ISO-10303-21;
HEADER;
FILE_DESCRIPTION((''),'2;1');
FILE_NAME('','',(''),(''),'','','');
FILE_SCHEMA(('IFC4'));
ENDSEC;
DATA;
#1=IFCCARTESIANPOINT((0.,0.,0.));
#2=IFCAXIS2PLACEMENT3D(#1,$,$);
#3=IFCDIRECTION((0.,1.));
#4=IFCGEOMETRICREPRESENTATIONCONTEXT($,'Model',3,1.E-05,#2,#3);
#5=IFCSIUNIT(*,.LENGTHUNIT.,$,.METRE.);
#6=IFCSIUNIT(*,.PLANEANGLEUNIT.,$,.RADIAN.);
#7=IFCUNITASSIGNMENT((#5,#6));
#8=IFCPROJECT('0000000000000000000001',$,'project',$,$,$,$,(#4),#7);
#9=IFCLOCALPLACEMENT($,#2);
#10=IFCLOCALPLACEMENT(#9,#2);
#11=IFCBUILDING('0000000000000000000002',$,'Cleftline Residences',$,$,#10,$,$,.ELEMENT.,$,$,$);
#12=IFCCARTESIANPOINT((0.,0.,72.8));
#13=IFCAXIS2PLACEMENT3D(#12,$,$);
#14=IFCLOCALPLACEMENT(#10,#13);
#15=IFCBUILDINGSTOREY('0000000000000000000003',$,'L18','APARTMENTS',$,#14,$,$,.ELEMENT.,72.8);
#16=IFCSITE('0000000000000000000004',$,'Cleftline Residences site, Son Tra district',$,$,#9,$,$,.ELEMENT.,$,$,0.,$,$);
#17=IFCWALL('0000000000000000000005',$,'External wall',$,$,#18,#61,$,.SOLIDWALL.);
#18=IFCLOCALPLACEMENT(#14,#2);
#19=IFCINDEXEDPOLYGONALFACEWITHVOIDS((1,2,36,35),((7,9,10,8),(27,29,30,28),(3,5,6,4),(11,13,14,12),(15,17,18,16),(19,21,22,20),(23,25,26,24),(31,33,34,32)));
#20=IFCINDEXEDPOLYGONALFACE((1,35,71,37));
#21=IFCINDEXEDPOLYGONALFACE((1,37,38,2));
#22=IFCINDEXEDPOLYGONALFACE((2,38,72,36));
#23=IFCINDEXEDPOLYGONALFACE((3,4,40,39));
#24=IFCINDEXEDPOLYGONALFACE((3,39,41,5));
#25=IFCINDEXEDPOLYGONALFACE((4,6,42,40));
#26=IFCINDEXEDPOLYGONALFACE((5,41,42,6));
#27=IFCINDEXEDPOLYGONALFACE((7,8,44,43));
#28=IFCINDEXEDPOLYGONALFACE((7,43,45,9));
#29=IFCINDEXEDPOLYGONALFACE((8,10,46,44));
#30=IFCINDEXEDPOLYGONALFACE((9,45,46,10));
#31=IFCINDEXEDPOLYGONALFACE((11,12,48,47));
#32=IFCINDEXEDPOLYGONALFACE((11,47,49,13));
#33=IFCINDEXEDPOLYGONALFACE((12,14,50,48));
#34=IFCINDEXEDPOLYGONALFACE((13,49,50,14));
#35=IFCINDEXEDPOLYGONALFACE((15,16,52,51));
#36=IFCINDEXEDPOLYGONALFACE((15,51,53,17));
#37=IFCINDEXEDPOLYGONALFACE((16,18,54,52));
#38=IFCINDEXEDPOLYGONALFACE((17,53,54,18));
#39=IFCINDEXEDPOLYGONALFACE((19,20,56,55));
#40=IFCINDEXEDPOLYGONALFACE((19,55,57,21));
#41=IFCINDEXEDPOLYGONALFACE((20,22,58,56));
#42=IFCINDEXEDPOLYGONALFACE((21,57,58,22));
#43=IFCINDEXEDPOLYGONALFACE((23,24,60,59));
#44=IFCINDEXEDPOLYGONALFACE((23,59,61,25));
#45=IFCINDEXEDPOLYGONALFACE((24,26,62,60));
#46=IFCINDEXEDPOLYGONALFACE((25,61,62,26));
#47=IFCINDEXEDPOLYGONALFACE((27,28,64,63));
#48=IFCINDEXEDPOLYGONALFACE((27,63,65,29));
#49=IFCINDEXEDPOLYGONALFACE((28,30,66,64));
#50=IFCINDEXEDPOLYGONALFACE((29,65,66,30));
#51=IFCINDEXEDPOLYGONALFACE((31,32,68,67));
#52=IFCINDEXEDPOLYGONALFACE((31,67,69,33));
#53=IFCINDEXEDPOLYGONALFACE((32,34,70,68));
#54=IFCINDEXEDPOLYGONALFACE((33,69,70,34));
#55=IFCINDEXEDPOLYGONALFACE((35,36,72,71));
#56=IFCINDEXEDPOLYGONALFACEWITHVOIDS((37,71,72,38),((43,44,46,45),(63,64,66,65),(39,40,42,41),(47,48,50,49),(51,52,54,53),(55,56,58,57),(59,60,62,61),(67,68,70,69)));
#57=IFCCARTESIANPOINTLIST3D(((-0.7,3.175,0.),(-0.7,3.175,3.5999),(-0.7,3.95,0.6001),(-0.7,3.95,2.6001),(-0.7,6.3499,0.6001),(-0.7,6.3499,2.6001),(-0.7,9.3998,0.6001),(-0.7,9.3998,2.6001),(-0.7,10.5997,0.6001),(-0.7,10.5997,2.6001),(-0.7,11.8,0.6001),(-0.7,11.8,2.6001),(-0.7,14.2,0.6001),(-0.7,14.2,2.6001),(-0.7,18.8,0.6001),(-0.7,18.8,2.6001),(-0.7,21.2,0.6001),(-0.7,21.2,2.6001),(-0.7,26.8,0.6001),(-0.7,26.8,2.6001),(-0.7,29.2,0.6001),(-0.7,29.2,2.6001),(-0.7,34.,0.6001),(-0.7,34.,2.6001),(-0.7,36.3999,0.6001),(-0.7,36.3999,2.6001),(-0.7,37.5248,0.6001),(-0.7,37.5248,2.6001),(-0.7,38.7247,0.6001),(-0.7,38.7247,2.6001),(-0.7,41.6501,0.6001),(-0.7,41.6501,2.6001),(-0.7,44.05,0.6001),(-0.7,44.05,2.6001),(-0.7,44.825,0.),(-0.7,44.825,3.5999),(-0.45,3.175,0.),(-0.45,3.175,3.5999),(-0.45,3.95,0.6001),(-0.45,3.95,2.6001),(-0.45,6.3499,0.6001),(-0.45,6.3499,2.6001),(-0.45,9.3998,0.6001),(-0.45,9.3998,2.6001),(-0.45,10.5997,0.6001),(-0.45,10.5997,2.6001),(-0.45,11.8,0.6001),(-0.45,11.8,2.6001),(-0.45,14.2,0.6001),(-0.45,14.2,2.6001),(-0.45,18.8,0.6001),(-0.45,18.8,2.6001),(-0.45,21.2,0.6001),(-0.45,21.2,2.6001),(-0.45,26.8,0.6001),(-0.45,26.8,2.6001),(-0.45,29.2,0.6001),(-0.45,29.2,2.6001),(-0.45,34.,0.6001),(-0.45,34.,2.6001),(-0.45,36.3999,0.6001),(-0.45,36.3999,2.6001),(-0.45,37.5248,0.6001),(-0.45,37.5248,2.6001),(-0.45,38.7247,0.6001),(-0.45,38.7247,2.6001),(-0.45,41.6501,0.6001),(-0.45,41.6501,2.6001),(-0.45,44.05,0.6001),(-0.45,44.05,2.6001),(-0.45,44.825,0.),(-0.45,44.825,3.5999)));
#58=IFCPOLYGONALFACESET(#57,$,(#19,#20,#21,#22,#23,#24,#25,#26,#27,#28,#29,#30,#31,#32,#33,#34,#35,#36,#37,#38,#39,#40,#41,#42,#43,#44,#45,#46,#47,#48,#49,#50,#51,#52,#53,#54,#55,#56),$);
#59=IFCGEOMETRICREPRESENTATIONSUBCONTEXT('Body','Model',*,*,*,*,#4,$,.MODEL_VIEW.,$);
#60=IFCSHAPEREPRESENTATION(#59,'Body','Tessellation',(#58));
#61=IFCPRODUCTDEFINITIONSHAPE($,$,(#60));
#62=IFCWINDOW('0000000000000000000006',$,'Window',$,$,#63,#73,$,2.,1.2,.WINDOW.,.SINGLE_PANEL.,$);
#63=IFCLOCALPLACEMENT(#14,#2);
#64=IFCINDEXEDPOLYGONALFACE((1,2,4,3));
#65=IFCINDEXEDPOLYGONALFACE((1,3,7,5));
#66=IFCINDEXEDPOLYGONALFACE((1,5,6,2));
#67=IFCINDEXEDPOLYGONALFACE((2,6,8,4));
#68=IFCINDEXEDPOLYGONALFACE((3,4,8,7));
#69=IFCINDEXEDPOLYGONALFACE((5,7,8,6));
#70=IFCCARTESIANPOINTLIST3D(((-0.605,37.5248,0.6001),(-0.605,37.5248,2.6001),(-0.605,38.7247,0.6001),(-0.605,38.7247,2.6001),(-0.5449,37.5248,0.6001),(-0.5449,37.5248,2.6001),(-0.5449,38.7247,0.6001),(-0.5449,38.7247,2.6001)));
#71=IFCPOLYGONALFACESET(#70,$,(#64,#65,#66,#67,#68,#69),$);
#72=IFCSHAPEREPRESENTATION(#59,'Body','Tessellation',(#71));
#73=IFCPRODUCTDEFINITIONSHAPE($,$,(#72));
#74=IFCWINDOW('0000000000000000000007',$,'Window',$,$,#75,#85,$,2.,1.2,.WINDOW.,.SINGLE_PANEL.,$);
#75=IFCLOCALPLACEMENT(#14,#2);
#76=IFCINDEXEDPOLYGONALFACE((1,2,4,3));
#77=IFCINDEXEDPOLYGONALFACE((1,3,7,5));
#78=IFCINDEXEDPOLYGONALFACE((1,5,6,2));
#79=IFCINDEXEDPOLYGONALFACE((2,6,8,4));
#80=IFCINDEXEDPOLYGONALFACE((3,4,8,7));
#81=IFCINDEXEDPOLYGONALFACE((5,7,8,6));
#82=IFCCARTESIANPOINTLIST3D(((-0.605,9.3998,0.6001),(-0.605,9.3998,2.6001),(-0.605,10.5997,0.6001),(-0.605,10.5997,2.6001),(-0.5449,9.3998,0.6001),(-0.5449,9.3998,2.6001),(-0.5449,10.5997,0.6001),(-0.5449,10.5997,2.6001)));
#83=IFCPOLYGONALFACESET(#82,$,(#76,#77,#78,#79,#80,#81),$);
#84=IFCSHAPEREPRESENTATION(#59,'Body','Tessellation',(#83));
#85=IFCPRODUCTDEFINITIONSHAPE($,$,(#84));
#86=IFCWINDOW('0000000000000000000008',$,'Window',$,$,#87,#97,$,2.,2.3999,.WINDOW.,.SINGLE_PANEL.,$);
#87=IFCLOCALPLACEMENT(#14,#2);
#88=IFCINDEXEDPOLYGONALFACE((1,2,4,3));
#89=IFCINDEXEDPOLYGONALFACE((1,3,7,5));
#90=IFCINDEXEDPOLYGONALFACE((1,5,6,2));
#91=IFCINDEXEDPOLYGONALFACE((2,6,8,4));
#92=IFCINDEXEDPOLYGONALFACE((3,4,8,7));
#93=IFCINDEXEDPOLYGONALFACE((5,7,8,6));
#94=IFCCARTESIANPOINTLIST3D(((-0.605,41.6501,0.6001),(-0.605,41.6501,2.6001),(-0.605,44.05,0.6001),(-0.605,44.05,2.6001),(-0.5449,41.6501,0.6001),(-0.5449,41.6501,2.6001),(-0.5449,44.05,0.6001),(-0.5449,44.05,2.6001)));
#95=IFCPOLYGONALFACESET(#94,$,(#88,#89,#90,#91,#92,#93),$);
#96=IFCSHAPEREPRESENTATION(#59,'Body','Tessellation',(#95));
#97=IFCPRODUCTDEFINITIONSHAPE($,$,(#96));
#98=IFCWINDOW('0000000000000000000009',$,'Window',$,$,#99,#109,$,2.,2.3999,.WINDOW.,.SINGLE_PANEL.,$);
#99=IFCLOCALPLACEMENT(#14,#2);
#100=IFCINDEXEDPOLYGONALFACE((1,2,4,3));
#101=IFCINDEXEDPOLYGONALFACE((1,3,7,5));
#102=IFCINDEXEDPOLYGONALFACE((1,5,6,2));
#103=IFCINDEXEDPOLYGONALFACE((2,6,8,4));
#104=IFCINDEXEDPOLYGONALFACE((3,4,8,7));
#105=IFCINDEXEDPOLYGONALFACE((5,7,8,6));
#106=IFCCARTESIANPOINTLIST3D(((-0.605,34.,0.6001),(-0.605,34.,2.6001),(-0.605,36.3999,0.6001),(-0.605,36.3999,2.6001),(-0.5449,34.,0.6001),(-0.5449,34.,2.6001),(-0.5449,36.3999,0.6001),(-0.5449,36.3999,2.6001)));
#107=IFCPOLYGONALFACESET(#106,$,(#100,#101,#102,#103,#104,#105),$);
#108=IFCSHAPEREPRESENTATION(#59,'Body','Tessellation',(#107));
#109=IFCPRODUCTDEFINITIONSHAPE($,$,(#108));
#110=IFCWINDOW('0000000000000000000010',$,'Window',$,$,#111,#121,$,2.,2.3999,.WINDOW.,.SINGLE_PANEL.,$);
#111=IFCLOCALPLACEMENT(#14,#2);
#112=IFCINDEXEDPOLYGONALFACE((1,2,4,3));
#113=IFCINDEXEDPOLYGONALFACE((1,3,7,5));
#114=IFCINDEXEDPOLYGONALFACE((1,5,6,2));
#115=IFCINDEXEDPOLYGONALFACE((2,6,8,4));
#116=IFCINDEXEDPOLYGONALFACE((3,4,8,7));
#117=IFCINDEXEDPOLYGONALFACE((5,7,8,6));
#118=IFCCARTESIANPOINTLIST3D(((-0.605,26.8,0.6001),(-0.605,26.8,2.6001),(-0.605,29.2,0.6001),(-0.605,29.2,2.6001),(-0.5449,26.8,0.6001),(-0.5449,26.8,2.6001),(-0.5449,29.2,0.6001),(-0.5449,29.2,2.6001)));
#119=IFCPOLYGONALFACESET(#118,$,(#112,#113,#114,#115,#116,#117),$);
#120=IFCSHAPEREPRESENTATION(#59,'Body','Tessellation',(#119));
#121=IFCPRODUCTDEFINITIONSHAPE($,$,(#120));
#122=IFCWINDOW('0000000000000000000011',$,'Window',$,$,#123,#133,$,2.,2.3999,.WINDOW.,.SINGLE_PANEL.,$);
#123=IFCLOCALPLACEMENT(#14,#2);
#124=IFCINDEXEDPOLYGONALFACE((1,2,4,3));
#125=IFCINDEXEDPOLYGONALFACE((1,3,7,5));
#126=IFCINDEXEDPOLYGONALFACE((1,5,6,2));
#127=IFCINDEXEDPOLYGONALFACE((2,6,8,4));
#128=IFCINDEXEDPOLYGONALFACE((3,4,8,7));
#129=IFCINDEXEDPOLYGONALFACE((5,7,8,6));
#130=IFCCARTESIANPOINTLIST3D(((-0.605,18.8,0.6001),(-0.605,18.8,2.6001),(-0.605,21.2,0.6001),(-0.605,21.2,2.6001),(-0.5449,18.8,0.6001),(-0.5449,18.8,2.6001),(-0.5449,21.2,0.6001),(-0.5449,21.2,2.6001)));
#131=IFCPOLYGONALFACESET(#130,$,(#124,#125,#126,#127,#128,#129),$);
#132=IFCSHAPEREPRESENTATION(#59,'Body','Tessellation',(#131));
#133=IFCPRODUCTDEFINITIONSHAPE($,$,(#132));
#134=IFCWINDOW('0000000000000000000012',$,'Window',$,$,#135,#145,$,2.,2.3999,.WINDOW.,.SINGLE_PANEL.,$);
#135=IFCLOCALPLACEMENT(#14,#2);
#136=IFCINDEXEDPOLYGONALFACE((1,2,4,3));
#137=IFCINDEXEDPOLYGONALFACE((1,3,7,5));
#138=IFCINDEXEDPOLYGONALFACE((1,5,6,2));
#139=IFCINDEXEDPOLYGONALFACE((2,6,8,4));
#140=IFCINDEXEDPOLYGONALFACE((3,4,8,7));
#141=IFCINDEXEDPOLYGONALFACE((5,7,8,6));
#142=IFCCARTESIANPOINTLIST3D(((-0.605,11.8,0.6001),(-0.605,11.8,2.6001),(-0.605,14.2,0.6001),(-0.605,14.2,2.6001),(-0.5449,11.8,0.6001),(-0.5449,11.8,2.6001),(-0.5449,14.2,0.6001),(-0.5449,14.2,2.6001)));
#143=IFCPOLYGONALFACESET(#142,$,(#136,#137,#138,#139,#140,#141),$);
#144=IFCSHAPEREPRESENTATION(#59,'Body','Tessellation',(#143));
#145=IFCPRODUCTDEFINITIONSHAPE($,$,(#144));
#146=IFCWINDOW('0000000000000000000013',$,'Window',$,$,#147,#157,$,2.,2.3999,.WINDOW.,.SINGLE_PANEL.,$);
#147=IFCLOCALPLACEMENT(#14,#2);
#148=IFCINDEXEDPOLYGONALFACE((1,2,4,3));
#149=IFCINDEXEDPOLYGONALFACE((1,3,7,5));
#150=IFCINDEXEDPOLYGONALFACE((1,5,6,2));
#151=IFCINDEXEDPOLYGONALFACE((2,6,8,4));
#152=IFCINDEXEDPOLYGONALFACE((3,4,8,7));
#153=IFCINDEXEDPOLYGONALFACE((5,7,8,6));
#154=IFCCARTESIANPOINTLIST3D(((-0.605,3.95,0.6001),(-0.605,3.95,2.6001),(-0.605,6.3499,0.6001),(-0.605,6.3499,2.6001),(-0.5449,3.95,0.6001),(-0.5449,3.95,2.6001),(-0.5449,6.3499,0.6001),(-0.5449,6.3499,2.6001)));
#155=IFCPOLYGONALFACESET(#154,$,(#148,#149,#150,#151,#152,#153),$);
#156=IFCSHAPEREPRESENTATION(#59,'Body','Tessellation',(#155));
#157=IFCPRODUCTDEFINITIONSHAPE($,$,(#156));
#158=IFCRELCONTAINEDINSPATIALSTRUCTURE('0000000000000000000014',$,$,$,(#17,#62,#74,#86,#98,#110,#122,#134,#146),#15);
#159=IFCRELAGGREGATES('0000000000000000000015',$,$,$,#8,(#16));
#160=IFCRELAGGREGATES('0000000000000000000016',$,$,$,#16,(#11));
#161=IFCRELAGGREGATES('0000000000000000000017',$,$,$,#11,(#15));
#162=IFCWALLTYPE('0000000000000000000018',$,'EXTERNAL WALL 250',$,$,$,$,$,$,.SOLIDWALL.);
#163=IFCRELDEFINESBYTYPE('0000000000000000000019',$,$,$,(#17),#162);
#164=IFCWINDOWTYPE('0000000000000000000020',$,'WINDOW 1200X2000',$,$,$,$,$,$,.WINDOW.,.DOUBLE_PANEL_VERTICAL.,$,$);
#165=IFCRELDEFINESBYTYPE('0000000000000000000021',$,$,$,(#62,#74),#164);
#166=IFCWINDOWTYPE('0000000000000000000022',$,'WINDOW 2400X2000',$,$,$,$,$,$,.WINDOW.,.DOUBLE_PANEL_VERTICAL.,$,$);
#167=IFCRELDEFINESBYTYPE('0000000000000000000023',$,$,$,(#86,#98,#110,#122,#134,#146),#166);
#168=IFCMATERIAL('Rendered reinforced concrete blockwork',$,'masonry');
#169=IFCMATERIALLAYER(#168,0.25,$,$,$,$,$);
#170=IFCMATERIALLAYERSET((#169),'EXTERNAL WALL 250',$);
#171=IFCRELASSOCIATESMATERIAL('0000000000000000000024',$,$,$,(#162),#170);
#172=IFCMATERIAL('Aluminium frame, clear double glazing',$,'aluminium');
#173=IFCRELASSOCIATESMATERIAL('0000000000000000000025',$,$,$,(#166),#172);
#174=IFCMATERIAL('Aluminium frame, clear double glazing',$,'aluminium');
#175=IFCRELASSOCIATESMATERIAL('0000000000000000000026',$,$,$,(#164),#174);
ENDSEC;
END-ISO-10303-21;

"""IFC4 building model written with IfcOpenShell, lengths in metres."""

from ifc_helpers import new_model, si_unit, direction, frame, frame_2d, origin, place, context, subcontext, project, spatial, rectangle, extrude, material, layer, layer_set, type_object, element, fill, save


model = new_model("IFC4")

# Units and contexts
model_context = context("Model", 3, precision=1e-05, world=origin(), true_north=direction((0.0, 1.0)))
body_context = subcontext(model_context, "Body", "Model", "MODEL_VIEW")
ifc_project = project(units=[si_unit("LENGTHUNIT", "METRE"), si_unit("PLANEANGLEUNIT", "RADIAN")], contexts=[model_context])

# Site, building, storey
site_placement = place(None, origin())
site = spatial("IfcSite", under=ifc_project, at=site_placement, Name="Cleftline Residences site, Son Tra district", CompositionType="ELEMENT", RefElevation=0.0)
building_placement = place(site_placement, origin())
building = spatial("IfcBuilding", under=site, at=building_placement, Name="Cleftline Residences", CompositionType="ELEMENT")
storey_placement = place(building_placement, frame((0.0, 0.0, 72.8)))
storey = spatial("IfcBuildingStorey", under=building, at=storey_placement, Name="L18", Description="APARTMENTS", CompositionType="ELEMENT", Elevation=72.8)

# Shared definitions
ifc_material_1 = material(Name="Rendered reinforced concrete blockwork", Category="masonry")
ifc_layer_1 = layer(ifc_material_1, 0.25)
ifc_layer_set_1 = layer_set([ifc_layer_1], Name="EXTERNAL WALL 250")
wall_type = type_object("IfcWallType", Name="EXTERNAL WALL 250", PredefinedType="SOLIDWALL", material=ifc_layer_set_1)
ifc_material_2 = material(Name="Aluminium frame, clear double glazing", Category="aluminium")
window_type_1 = type_object("IfcWindowType", Name="WINDOW 2400X2000", PartitioningType="DOUBLE_PANEL_VERTICAL", PredefinedType="WINDOW", material=ifc_material_2)

# Wall, openings, windows
ifc_material_3 = material(Name="Aluminium frame, clear double glazing", Category="aluminium")
window_type_2 = type_object("IfcWindowType", Name="WINDOW 1200X2000", PartitioningType="DOUBLE_PANEL_VERTICAL", PredefinedType="WINDOW", material=ifc_material_3)
wall_1_placement = place(storey_placement, frame((-0.575, 44.825, 0.0), z_axis=(0.0, 0.0, 1.0), x_axis=(0.0, -1.0, 0.0)))
wall_1 = element("IfcWall", 1, at=wall_1_placement, inside=storey, type_object=wall_type, Name="External wall", PredefinedType="SOLIDWALL", context=body_context, shape_type="SweptSolid", body=[
    extrude(rectangle(XDim=41.6499, YDim=0.25, at=frame_2d((20.825, 0.0))), origin(), (0.0, 0.0, 1.0), 3.5999),
])
opening_1_placement = place(wall_1_placement, frame((0.7749, 0.0, 0.6001)))
opening_1 = element("IfcOpeningElement", 2, at=opening_1_placement, cuts=wall_1, PredefinedType="OPENING", context=body_context, shape_type="SweptSolid", body=[
    extrude(rectangle(XDim=2.3999, YDim=2.0, at=frame_2d((1.2, 1.0))), frame((0.0, 0.135, 0.0), z_axis=(0.0, -1.0, 0.0), x_axis=(1.0, 0.0, 0.0)), (0.0, 0.0, 1.0), 0.27),
])
opening_2_placement = place(wall_1_placement, frame((6.1001, 0.0, 0.6001)))
opening_2 = element("IfcOpeningElement", 3, at=opening_2_placement, cuts=wall_1, PredefinedType="OPENING", context=body_context, shape_type="SweptSolid", body=[
    extrude(rectangle(XDim=1.2, YDim=2.0, at=frame_2d((0.6001, 1.0))), frame((0.0, 0.135, 0.0), z_axis=(0.0, -1.0, 0.0), x_axis=(1.0, 0.0, 0.0)), (0.0, 0.0, 1.0), 0.27),
])
opening_3_placement = place(wall_1_placement, frame((8.425, 0.0, 0.6001)))
opening_3 = element("IfcOpeningElement", 4, at=opening_3_placement, cuts=wall_1, PredefinedType="OPENING", context=body_context, shape_type="SweptSolid", body=[
    extrude(rectangle(XDim=2.3999, YDim=2.0, at=frame_2d((1.2, 1.0))), frame((0.0, 0.135, 0.0), z_axis=(0.0, -1.0, 0.0), x_axis=(1.0, 0.0, 0.0)), (0.0, 0.0, 1.0), 0.27),
])
opening_4_placement = place(wall_1_placement, frame((15.625, 0.0, 0.6001)))
opening_4 = element("IfcOpeningElement", 5, at=opening_4_placement, cuts=wall_1, PredefinedType="OPENING", context=body_context, shape_type="SweptSolid", body=[
    extrude(rectangle(XDim=2.3999, YDim=2.0, at=frame_2d((1.2, 1.0))), frame((0.0, 0.135, 0.0), z_axis=(0.0, -1.0, 0.0), x_axis=(1.0, 0.0, 0.0)), (0.0, 0.0, 1.0), 0.27),
])
opening_5_placement = place(wall_1_placement, frame((23.625, 0.0, 0.6001)))
opening_5 = element("IfcOpeningElement", 6, at=opening_5_placement, cuts=wall_1, PredefinedType="OPENING", context=body_context, shape_type="SweptSolid", body=[
    extrude(rectangle(XDim=2.3999, YDim=2.0, at=frame_2d((1.2, 1.0))), frame((0.0, 0.135, 0.0), z_axis=(0.0, -1.0, 0.0), x_axis=(1.0, 0.0, 0.0)), (0.0, 0.0, 1.0), 0.27),
])
opening_6_placement = place(wall_1_placement, frame((30.625, 0.0, 0.6001)))
opening_6 = element("IfcOpeningElement", 7, at=opening_6_placement, cuts=wall_1, PredefinedType="OPENING", context=body_context, shape_type="SweptSolid", body=[
    extrude(rectangle(XDim=2.3999, YDim=2.0, at=frame_2d((1.2, 1.0))), frame((0.0, 0.135, 0.0), z_axis=(0.0, -1.0, 0.0), x_axis=(1.0, 0.0, 0.0)), (0.0, 0.0, 1.0), 0.27),
])
opening_7_placement = place(wall_1_placement, frame((34.2251, 0.0, 0.6001)))
opening_7 = element("IfcOpeningElement", 8, at=opening_7_placement, cuts=wall_1, PredefinedType="OPENING", context=body_context, shape_type="SweptSolid", body=[
    extrude(rectangle(XDim=1.2, YDim=2.0, at=frame_2d((0.6001, 1.0))), frame((0.0, 0.135, 0.0), z_axis=(0.0, -1.0, 0.0), x_axis=(1.0, 0.0, 0.0)), (0.0, 0.0, 1.0), 0.27),
])
opening_8_placement = place(wall_1_placement, frame((38.4751, 0.0, 0.6001)))
opening_8 = element("IfcOpeningElement", 9, at=opening_8_placement, cuts=wall_1, PredefinedType="OPENING", context=body_context, shape_type="SweptSolid", body=[
    extrude(rectangle(XDim=2.3999, YDim=2.0, at=frame_2d((1.2, 1.0))), frame((0.0, 0.135, 0.0), z_axis=(0.0, -1.0, 0.0), x_axis=(1.0, 0.0, 0.0)), (0.0, 0.0, 1.0), 0.27),
])
window_1_placement = place(opening_2_placement, origin())
window_1 = element("IfcWindow", 10, at=window_1_placement, inside=storey, type_object=window_type_2, Name="Window", OverallHeight=2.0, OverallWidth=1.2, PartitioningType="SINGLE_PANEL", PredefinedType="WINDOW", context=body_context, shape_type="SweptSolid", body=[
    extrude(rectangle(XDim=1.2, YDim=2.0, at=frame_2d((0.6001, 1.0))), frame((0.0, 0.03, 0.0), z_axis=(0.0, -1.0, 0.0), x_axis=(1.0, 0.0, 0.0)), (0.0, 0.0, 1.0), 0.0601),
])
fill(opening_2, window_1)
window_2_placement = place(opening_7_placement, origin())
window_2 = element("IfcWindow", 11, at=window_2_placement, inside=storey, type_object=window_type_2, Name="Window", OverallHeight=2.0, OverallWidth=1.2, PartitioningType="SINGLE_PANEL", PredefinedType="WINDOW", context=body_context, shape_type="SweptSolid", body=[
    extrude(rectangle(XDim=1.2, YDim=2.0, at=frame_2d((0.6001, 1.0))), frame((0.0, 0.03, 0.0), z_axis=(0.0, -1.0, 0.0), x_axis=(1.0, 0.0, 0.0)), (0.0, 0.0, 1.0), 0.0601),
])
fill(opening_7, window_2)
window_3_placement = place(opening_1_placement, origin())
window_3 = element("IfcWindow", 12, at=window_3_placement, inside=storey, type_object=window_type_1, Name="Window", OverallHeight=2.0, OverallWidth=2.3999, PartitioningType="SINGLE_PANEL", PredefinedType="WINDOW", context=body_context, shape_type="SweptSolid", body=[
    extrude(rectangle(XDim=2.3999, YDim=2.0, at=frame_2d((1.2, 1.0))), frame((0.0, 0.03, 0.0), z_axis=(0.0, -1.0, 0.0), x_axis=(1.0, 0.0, 0.0)), (0.0, 0.0, 1.0), 0.0601),
])
fill(opening_1, window_3)
window_4_placement = place(opening_3_placement, origin())
window_4 = element("IfcWindow", 13, at=window_4_placement, inside=storey, type_object=window_type_1, Name="Window", OverallHeight=2.0, OverallWidth=2.3999, PartitioningType="SINGLE_PANEL", PredefinedType="WINDOW", context=body_context, shape_type="SweptSolid", body=[
    extrude(rectangle(XDim=2.3999, YDim=2.0, at=frame_2d((1.2, 1.0))), frame((0.0, 0.03, 0.0), z_axis=(0.0, -1.0, 0.0), x_axis=(1.0, 0.0, 0.0)), (0.0, 0.0, 1.0), 0.0601),
])
fill(opening_3, window_4)
window_5_placement = place(opening_4_placement, origin())
window_5 = element("IfcWindow", 14, at=window_5_placement, inside=storey, type_object=window_type_1, Name="Window", OverallHeight=2.0, OverallWidth=2.3999, PartitioningType="SINGLE_PANEL", PredefinedType="WINDOW", context=body_context, shape_type="SweptSolid", body=[
    extrude(rectangle(XDim=2.3999, YDim=2.0, at=frame_2d((1.2, 1.0))), frame((0.0, 0.03, 0.0), z_axis=(0.0, -1.0, 0.0), x_axis=(1.0, 0.0, 0.0)), (0.0, 0.0, 1.0), 0.0601),
])
fill(opening_4, window_5)
window_6_placement = place(opening_5_placement, origin())
window_6 = element("IfcWindow", 15, at=window_6_placement, inside=storey, type_object=window_type_1, Name="Window", OverallHeight=2.0, OverallWidth=2.3999, PartitioningType="SINGLE_PANEL", PredefinedType="WINDOW", context=body_context, shape_type="SweptSolid", body=[
    extrude(rectangle(XDim=2.3999, YDim=2.0, at=frame_2d((1.2, 1.0))), frame((0.0, 0.03, 0.0), z_axis=(0.0, -1.0, 0.0), x_axis=(1.0, 0.0, 0.0)), (0.0, 0.0, 1.0), 0.0601),
])
fill(opening_5, window_6)
window_7_placement = place(opening_6_placement, origin())
window_7 = element("IfcWindow", 16, at=window_7_placement, inside=storey, type_object=window_type_1, Name="Window", OverallHeight=2.0, OverallWidth=2.3999, PartitioningType="SINGLE_PANEL", PredefinedType="WINDOW", context=body_context, shape_type="SweptSolid", body=[
    extrude(rectangle(XDim=2.3999, YDim=2.0, at=frame_2d((1.2, 1.0))), frame((0.0, 0.03, 0.0), z_axis=(0.0, -1.0, 0.0), x_axis=(1.0, 0.0, 0.0)), (0.0, 0.0, 1.0), 0.0601),
])
fill(opening_6, window_7)
window_8_placement = place(opening_8_placement, origin())
window_8 = element("IfcWindow", 17, at=window_8_placement, inside=storey, type_object=window_type_1, Name="Window", OverallHeight=2.0, OverallWidth=2.3999, PartitioningType="SINGLE_PANEL", PredefinedType="WINDOW", context=body_context, shape_type="SweptSolid", body=[
    extrude(rectangle(XDim=2.3999, YDim=2.0, at=frame_2d((1.2, 1.0))), frame((0.0, 0.03, 0.0), z_axis=(0.0, -1.0, 0.0), x_axis=(1.0, 0.0, 0.0)), (0.0, 0.0, 1.0), 0.0601),
])
fill(opening_8, window_8)

save(model, "model.ifc")
